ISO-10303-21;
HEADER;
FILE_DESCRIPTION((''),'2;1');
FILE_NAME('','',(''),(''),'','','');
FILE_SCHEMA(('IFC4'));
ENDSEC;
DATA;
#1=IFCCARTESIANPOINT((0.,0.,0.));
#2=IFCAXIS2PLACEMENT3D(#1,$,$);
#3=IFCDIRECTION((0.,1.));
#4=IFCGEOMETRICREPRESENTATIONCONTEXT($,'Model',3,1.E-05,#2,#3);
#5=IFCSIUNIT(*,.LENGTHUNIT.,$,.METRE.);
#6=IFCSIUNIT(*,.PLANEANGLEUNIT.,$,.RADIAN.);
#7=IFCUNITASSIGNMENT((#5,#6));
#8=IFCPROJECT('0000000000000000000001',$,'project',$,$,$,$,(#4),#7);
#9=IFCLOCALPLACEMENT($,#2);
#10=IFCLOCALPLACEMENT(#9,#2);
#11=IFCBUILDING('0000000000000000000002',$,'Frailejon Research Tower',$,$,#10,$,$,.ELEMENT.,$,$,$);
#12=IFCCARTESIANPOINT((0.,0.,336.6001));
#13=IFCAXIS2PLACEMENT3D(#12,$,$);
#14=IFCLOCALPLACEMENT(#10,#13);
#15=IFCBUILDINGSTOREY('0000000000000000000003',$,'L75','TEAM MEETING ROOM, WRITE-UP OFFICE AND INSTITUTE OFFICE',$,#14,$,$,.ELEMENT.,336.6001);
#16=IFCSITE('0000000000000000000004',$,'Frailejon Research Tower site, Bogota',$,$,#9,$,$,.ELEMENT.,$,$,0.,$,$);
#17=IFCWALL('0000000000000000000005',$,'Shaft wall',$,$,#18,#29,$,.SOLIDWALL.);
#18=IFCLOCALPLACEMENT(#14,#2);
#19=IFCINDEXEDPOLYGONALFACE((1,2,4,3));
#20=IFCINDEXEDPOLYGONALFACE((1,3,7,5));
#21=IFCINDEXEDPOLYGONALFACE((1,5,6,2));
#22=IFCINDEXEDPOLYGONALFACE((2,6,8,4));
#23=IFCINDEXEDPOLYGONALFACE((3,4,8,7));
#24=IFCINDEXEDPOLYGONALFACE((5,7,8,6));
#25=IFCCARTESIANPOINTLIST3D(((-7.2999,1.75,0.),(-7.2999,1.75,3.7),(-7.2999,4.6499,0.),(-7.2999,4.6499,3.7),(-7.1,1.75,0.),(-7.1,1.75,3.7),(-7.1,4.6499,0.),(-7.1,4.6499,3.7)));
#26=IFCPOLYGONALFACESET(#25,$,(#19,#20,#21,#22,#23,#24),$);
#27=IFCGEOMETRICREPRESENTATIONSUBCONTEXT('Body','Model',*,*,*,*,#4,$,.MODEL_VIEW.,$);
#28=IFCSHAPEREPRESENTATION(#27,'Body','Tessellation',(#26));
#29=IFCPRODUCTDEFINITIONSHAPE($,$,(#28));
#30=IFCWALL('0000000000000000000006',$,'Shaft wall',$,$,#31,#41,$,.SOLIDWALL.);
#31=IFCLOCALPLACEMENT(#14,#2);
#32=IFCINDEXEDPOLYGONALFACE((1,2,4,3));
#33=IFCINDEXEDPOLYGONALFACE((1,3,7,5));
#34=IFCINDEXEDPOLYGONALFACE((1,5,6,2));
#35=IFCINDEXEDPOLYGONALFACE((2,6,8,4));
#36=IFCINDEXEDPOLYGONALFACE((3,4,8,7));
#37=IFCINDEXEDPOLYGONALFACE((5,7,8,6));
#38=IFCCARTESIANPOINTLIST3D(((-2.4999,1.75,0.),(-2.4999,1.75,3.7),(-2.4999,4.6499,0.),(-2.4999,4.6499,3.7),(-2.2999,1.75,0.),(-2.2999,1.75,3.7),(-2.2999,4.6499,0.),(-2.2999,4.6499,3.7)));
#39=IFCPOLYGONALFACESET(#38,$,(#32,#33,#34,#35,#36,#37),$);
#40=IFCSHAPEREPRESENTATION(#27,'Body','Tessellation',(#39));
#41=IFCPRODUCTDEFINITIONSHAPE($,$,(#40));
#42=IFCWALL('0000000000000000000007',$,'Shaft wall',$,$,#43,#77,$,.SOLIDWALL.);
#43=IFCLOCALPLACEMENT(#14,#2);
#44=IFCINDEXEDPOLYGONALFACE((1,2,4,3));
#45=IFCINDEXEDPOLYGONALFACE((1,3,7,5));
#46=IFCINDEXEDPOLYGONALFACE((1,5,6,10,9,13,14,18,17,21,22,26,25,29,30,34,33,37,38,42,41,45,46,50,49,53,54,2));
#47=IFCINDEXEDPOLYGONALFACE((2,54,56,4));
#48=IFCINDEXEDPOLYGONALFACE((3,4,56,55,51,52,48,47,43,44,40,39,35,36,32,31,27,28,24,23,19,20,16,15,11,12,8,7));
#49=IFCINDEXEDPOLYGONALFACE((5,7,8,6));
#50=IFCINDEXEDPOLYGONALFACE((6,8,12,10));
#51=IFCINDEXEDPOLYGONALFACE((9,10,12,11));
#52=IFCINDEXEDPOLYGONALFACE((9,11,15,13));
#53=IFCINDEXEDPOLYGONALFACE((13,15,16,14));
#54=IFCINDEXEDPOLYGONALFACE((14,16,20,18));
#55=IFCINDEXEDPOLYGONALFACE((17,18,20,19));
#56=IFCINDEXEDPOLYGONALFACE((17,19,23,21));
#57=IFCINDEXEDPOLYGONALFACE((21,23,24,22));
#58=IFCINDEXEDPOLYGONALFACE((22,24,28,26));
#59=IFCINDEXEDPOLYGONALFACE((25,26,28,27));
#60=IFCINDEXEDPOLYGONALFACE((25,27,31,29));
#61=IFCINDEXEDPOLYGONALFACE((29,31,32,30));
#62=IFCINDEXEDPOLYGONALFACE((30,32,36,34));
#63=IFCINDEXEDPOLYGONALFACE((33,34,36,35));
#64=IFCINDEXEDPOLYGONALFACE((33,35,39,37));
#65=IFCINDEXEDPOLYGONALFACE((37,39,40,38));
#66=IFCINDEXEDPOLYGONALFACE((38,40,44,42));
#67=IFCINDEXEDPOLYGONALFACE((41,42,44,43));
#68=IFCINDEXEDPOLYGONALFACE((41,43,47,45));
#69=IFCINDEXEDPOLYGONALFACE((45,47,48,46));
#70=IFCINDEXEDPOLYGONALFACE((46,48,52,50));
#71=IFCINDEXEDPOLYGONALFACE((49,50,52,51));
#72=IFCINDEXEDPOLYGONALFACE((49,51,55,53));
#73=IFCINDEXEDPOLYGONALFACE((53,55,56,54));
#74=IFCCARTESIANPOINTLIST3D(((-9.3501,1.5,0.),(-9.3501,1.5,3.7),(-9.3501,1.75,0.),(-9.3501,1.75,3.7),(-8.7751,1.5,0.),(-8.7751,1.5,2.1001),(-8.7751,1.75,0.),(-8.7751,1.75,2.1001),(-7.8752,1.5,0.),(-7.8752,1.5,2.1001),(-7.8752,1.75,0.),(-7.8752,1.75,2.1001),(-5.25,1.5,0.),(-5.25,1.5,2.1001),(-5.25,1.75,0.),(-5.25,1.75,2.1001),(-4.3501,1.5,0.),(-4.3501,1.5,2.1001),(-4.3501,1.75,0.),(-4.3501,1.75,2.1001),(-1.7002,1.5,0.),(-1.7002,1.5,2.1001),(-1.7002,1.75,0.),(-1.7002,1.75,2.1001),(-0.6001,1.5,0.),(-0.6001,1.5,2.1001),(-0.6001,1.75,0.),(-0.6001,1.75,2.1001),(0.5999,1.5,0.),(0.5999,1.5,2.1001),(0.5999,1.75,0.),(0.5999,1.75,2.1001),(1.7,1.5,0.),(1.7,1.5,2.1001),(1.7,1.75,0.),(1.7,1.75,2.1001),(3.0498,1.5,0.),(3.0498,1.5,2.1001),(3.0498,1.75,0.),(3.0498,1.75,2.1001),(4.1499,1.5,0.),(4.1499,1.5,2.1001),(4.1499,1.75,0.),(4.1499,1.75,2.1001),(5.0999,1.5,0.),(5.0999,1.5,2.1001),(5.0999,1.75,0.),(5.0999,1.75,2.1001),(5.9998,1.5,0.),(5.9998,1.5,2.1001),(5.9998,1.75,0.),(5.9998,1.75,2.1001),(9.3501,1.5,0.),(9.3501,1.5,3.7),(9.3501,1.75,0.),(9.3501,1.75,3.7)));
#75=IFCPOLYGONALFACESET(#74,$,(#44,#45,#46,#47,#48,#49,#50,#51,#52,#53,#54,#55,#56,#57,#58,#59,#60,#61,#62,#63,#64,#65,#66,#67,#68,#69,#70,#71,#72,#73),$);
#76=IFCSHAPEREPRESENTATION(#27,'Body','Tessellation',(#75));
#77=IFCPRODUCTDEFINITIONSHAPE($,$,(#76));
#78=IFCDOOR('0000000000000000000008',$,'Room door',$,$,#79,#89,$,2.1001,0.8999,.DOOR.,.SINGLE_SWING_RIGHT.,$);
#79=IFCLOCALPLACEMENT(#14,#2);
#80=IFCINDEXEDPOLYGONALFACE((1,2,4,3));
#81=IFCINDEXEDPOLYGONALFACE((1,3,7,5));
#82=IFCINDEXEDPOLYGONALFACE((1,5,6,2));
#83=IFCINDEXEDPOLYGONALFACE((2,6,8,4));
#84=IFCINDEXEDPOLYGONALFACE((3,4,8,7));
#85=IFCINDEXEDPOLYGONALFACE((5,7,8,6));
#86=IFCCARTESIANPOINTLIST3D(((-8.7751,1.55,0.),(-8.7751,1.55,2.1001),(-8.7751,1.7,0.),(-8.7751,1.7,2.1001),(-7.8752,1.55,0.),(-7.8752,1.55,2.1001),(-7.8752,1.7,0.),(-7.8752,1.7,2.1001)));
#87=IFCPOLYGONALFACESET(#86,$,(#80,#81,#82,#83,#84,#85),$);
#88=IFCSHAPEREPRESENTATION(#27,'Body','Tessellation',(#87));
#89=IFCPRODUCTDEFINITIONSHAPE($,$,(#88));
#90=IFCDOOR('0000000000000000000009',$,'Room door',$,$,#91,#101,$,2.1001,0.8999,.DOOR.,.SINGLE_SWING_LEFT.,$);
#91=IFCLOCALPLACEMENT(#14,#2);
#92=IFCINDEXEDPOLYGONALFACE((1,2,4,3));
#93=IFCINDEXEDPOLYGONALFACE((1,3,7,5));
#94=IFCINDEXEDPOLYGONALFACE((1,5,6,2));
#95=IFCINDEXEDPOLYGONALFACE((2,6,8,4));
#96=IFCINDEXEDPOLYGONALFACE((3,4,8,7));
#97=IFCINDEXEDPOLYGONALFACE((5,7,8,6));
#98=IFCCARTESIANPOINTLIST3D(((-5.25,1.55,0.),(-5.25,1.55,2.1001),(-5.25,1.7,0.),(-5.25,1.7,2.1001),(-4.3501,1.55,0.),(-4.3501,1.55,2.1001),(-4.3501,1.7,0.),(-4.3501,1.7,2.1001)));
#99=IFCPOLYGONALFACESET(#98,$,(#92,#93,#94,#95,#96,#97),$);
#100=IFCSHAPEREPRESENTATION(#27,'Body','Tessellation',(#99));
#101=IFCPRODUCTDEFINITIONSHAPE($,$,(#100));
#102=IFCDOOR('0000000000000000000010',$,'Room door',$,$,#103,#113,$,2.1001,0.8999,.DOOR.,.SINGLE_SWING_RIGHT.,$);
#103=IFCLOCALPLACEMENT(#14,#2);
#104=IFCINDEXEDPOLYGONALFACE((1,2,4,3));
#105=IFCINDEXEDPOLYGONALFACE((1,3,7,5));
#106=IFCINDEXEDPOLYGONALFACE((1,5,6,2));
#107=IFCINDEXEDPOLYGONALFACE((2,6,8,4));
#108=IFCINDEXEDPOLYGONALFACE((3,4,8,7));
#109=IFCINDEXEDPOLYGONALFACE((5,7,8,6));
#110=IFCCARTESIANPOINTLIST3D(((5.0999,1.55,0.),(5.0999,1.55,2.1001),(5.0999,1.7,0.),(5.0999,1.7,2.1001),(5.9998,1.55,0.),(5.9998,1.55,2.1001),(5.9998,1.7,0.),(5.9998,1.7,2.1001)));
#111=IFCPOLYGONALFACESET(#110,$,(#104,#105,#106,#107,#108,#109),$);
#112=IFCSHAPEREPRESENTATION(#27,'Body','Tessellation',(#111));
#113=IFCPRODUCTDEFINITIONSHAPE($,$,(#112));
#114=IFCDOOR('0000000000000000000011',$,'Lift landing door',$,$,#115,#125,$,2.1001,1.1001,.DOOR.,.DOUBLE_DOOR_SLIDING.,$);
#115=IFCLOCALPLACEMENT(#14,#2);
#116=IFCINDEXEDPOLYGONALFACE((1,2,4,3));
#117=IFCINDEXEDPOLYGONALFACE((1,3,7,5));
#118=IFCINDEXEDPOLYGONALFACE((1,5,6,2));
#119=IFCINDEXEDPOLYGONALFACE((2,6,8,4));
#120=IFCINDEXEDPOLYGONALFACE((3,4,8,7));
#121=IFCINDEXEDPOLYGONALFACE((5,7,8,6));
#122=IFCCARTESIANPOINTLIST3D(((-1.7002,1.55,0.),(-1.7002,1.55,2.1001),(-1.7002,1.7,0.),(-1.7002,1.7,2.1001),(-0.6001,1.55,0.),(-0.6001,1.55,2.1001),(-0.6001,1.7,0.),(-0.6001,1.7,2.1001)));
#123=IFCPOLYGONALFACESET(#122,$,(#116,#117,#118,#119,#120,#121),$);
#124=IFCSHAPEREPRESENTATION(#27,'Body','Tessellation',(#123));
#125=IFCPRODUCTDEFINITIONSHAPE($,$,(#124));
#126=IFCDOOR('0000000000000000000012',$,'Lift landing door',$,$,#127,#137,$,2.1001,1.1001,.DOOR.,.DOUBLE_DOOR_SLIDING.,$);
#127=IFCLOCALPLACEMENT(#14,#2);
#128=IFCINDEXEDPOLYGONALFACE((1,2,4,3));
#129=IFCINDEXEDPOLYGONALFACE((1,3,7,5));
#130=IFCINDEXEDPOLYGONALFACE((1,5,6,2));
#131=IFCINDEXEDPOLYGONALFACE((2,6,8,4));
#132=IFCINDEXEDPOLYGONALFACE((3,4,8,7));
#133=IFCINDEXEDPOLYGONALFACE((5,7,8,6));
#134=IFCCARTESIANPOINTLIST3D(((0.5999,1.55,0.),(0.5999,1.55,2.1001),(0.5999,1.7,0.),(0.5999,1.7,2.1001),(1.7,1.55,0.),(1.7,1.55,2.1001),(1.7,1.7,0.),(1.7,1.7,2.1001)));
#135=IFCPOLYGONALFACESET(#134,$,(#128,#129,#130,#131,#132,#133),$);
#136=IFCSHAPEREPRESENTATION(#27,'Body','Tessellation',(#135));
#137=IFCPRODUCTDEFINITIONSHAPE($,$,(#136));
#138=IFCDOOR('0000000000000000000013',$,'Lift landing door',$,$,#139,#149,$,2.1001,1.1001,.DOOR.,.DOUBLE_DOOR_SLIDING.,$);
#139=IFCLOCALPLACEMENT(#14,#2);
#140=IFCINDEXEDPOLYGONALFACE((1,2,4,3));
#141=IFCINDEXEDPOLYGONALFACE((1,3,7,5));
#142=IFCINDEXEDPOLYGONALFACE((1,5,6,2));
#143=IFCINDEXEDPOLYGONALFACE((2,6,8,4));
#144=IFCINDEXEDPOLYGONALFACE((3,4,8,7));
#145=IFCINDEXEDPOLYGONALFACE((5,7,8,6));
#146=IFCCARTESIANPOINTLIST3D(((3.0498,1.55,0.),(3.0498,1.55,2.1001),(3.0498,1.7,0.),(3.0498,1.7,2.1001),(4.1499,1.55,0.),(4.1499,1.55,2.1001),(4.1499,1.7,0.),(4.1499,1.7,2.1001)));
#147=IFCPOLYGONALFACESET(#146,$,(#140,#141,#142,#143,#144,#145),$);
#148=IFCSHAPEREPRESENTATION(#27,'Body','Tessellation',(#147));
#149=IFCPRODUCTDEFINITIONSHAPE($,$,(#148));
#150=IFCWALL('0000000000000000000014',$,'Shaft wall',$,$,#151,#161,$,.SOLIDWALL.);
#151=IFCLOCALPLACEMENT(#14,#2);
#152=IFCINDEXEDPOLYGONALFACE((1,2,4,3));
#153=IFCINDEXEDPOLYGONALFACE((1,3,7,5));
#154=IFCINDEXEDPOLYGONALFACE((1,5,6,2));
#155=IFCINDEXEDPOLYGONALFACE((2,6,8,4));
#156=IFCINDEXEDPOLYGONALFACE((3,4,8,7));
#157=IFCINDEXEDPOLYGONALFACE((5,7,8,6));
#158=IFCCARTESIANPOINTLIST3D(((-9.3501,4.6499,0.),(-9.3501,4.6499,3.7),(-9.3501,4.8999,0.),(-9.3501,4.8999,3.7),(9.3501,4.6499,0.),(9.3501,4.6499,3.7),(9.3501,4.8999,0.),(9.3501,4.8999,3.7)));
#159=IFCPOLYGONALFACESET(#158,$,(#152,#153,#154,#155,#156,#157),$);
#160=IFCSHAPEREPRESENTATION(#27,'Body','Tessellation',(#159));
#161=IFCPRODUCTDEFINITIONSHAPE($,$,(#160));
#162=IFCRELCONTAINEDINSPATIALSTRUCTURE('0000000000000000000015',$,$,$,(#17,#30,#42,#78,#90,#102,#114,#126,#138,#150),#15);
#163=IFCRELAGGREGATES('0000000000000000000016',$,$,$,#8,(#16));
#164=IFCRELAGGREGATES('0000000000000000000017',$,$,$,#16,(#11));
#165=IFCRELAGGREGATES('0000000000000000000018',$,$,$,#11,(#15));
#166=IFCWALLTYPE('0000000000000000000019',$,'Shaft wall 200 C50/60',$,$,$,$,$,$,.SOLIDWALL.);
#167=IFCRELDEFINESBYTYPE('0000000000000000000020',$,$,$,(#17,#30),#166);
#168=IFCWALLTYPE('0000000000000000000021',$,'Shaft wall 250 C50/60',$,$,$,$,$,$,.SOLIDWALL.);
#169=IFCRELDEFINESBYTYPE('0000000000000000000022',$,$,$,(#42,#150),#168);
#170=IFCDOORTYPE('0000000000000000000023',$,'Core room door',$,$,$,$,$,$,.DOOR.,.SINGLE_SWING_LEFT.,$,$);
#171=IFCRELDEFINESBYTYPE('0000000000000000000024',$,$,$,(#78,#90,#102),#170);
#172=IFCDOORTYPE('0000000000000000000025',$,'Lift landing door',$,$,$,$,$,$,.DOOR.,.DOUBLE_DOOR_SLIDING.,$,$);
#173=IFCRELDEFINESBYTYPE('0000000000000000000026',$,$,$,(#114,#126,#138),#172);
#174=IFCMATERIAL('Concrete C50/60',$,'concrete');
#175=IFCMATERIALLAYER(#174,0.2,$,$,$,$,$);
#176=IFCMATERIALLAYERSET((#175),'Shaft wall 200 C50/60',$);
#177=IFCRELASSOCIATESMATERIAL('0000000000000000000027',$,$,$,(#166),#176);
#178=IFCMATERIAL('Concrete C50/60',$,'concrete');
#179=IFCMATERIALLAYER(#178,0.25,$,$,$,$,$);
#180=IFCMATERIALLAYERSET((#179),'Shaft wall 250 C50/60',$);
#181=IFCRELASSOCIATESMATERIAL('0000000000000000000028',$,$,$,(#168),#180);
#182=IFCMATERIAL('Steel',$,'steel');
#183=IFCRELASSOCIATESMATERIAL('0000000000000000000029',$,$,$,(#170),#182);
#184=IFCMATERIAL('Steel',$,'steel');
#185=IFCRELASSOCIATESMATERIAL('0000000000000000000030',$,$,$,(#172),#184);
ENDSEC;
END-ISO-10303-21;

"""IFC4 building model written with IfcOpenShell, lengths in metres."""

from ifc_helpers import new_model, si_unit, direction, frame, frame_2d, origin, place, context, subcontext, project, spatial, rectangle, extrude, material, layer, layer_set, type_object, element, fill, save


model = new_model("IFC4")

# Units and contexts
model_context = context("Model", 3, precision=1e-05, world=origin(), true_north=direction((0.0, 1.0)))
body_context = subcontext(model_context, "Body", "Model", "MODEL_VIEW")
ifc_project = project(units=[si_unit("LENGTHUNIT", "METRE"), si_unit("PLANEANGLEUNIT", "RADIAN")], contexts=[model_context])

# Site, building, storey
site_placement = place(None, origin())
site = spatial("IfcSite", under=ifc_project, at=site_placement, Name="Frailejon Research Tower site, Bogota", CompositionType="ELEMENT", RefElevation=0.0)
building_placement = place(site_placement, origin())
building = spatial("IfcBuilding", under=site, at=building_placement, Name="Frailejon Research Tower", CompositionType="ELEMENT")
storey_placement = place(building_placement, frame((0.0, 0.0, 336.6001)))
storey = spatial("IfcBuildingStorey", under=building, at=storey_placement, Name="L75", Description="TEAM MEETING ROOM, WRITE-UP OFFICE AND INSTITUTE OFFICE", CompositionType="ELEMENT", Elevation=336.6001)

# Walls
ifc_material_1 = material(Name="Concrete C50/60", Category="concrete")
ifc_layer_1 = layer(ifc_material_1, 0.2)
ifc_layer_set_1 = layer_set([ifc_layer_1], Name="Shaft wall 200 C50/60")
wall_type_1 = type_object("IfcWallType", Name="Shaft wall 200 C50/60", PredefinedType="SOLIDWALL", material=ifc_layer_set_1)
for number, where, z_axis, x_axis, name in (
    (1, (-7.2, 1.75, 0.0), (0.0, 0.0, 1.0), (0.0, 1.0, 0.0), "Shaft wall"),
    (2, (-2.3999, 1.75, 0.0), (0.0, 0.0, 1.0), (0.0, 1.0, 0.0), "Shaft wall"),
):
    element("IfcWall", number, at=place(storey_placement, frame(where, z_axis=z_axis, x_axis=x_axis)), inside=storey, type_object=wall_type_1, Name=name, PredefinedType="SOLIDWALL", context=body_context, shape_type="SweptSolid", body=[
        extrude(rectangle(XDim=2.8999, YDim=0.2, at=frame_2d((1.45, 0.0))), origin(), (0.0, 0.0, 1.0), 3.7),
    ])

# Wall, openings, doors
ifc_material_2 = material(Name="Concrete C50/60", Category="concrete")
ifc_layer_2 = layer(ifc_material_2, 0.25)
ifc_layer_set_2 = layer_set([ifc_layer_2], Name="Shaft wall 250 C50/60")
wall_type_2 = type_object("IfcWallType", Name="Shaft wall 250 C50/60", PredefinedType="SOLIDWALL", material=ifc_layer_set_2)
wall_1_placement = place(storey_placement, frame((-9.3501, 1.625, 0.0), z_axis=(0.0, 0.0, 1.0), x_axis=(1.0, 0.0, 0.0)))
wall_1 = element("IfcWall", 3, at=wall_1_placement, inside=storey, type_object=wall_type_2, Name="Shaft wall", PredefinedType="SOLIDWALL", context=body_context, shape_type="SweptSolid", body=[
    extrude(rectangle(XDim=18.7002, YDim=0.25, at=frame_2d((9.3501, 0.0))), origin(), (0.0, 0.0, 1.0), 3.7),
])
opening_1_placement = place(wall_1_placement, frame((7.6499, 0.0, 0.0)))
opening_1 = element("IfcOpeningElement", 4, at=opening_1_placement, cuts=wall_1, PredefinedType="OPENING", context=body_context, shape_type="SweptSolid", body=[
    extrude(rectangle(XDim=1.1001, YDim=2.1001, at=frame_2d((0.55, 1.05))), frame((0.0, 0.135, 0.0), z_axis=(0.0, -1.0, 0.0), x_axis=(1.0, 0.0, 0.0)), (0.0, 0.0, 1.0), 0.27),
])
opening_2_placement = place(wall_1_placement, frame((9.95, 0.0, 0.0)))
opening_2 = element("IfcOpeningElement", 5, at=opening_2_placement, cuts=wall_1, PredefinedType="OPENING", context=body_context, shape_type="SweptSolid", body=[
    extrude(rectangle(XDim=1.1001, YDim=2.1001, at=frame_2d((0.55, 1.05))), frame((0.0, 0.135, 0.0), z_axis=(0.0, -1.0, 0.0), x_axis=(1.0, 0.0, 0.0)), (0.0, 0.0, 1.0), 0.27),
])
opening_3_placement = place(wall_1_placement, frame((12.3999, 0.0, 0.0)))
opening_3 = element("IfcOpeningElement", 6, at=opening_3_placement, cuts=wall_1, PredefinedType="OPENING", context=body_context, shape_type="SweptSolid", body=[
    extrude(rectangle(XDim=1.1001, YDim=2.1001, at=frame_2d((0.55, 1.05))), frame((0.0, 0.135, 0.0), z_axis=(0.0, -1.0, 0.0), x_axis=(1.0, 0.0, 0.0)), (0.0, 0.0, 1.0), 0.27),
])
opening_4_placement = place(wall_1_placement, frame((0.575, 0.0, 0.0)))
opening_4 = element("IfcOpeningElement", 7, at=opening_4_placement, cuts=wall_1, PredefinedType="OPENING", context=body_context, shape_type="SweptSolid", body=[
    extrude(rectangle(XDim=0.8999, YDim=2.1001, at=frame_2d((0.45, 1.05))), frame((0.0, 0.135, 0.0), z_axis=(0.0, -1.0, 0.0), x_axis=(1.0, 0.0, 0.0)), (0.0, 0.0, 1.0), 0.27),
])
opening_5_placement = place(wall_1_placement, frame((4.1001, 0.0, 0.0)))
opening_5 = element("IfcOpeningElement", 8, at=opening_5_placement, cuts=wall_1, PredefinedType="OPENING", context=body_context, shape_type="SweptSolid", body=[
    extrude(rectangle(XDim=0.8999, YDim=2.1001, at=frame_2d((0.45, 1.05))), frame((0.0, 0.135, 0.0), z_axis=(0.0, -1.0, 0.0), x_axis=(1.0, 0.0, 0.0)), (0.0, 0.0, 1.0), 0.27),
])
opening_6_placement = place(wall_1_placement, frame((14.45, 0.0, 0.0)))
opening_6 = element("IfcOpeningElement", 9, at=opening_6_placement, cuts=wall_1, PredefinedType="OPENING", context=body_context, shape_type="SweptSolid", body=[
    extrude(rectangle(XDim=0.8999, YDim=2.1001, at=frame_2d((0.45, 1.05))), frame((0.0, 0.135, 0.0), z_axis=(0.0, -1.0, 0.0), x_axis=(1.0, 0.0, 0.0)), (0.0, 0.0, 1.0), 0.27),
])
ifc_material_3 = material(Name="Steel", Category="steel")
door_type_1 = type_object("IfcDoorType", Name="Core room door", OperationType="SINGLE_SWING_LEFT", PredefinedType="DOOR", material=ifc_material_3)
door_1_placement = place(opening_4_placement, origin())
door_1 = element("IfcDoor", 10, at=door_1_placement, inside=storey, type_object=door_type_1, Name="Room door", OperationType="SINGLE_SWING_RIGHT", OverallHeight=2.1001, OverallWidth=0.8999, PredefinedType="DOOR", context=body_context, shape_type="SweptSolid", body=[
    extrude(rectangle(XDim=0.8999, YDim=2.1001, at=frame_2d((0.45, 1.05))), frame((0.0, 0.075, 0.0), z_axis=(0.0, -1.0, 0.0), x_axis=(1.0, 0.0, 0.0)), (0.0, 0.0, 1.0), 0.1499),
])
fill(opening_4, door_1)
door_2_placement = place(opening_5_placement, origin())
door_2 = element("IfcDoor", 11, at=door_2_placement, inside=storey, type_object=door_type_1, Name="Room door", OperationType="SINGLE_SWING_LEFT", OverallHeight=2.1001, OverallWidth=0.8999, PredefinedType="DOOR", context=body_context, shape_type="SweptSolid", body=[
    extrude(rectangle(XDim=0.8999, YDim=2.1001, at=frame_2d((0.45, 1.05))), frame((0.0, 0.075, 0.0), z_axis=(0.0, -1.0, 0.0), x_axis=(1.0, 0.0, 0.0)), (0.0, 0.0, 1.0), 0.1499),
])
fill(opening_5, door_2)
door_3_placement = place(opening_6_placement, origin())
door_3 = element("IfcDoor", 12, at=door_3_placement, inside=storey, type_object=door_type_1, Name="Room door", OperationType="SINGLE_SWING_RIGHT", OverallHeight=2.1001, OverallWidth=0.8999, PredefinedType="DOOR", context=body_context, shape_type="SweptSolid", body=[
    extrude(rectangle(XDim=0.8999, YDim=2.1001, at=frame_2d((0.45, 1.05))), frame((0.0, 0.075, 0.0), z_axis=(0.0, -1.0, 0.0), x_axis=(1.0, 0.0, 0.0)), (0.0, 0.0, 1.0), 0.1499),
])
fill(opening_6, door_3)
ifc_material_4 = material(Name="Steel", Category="steel")
door_type_2 = type_object("IfcDoorType", Name="Lift landing door", OperationType="DOUBLE_DOOR_SLIDING", PredefinedType="DOOR", material=ifc_material_4)
door_4_placement = place(opening_1_placement, origin())
door_4 = element("IfcDoor", 13, at=door_4_placement, inside=storey, type_object=door_type_2, Name="Lift landing door", OperationType="DOUBLE_DOOR_SLIDING", OverallHeight=2.1001, OverallWidth=1.1001, PredefinedType="DOOR", context=body_context, shape_type="SweptSolid", body=[
    extrude(rectangle(XDim=1.1001, YDim=2.1001, at=frame_2d((0.55, 1.05))), frame((0.0, 0.075, 0.0), z_axis=(0.0, -1.0, 0.0), x_axis=(1.0, 0.0, 0.0)), (0.0, 0.0, 1.0), 0.1499),
])
fill(opening_1, door_4)
door_5_placement = place(opening_2_placement, origin())
door_5 = element("IfcDoor", 14, at=door_5_placement, inside=storey, type_object=door_type_2, Name="Lift landing door", OperationType="DOUBLE_DOOR_SLIDING", OverallHeight=2.1001, OverallWidth=1.1001, PredefinedType="DOOR", context=body_context, shape_type="SweptSolid", body=[
    extrude(rectangle(XDim=1.1001, YDim=2.1001, at=frame_2d((0.55, 1.05))), frame((0.0, 0.075, 0.0), z_axis=(0.0, -1.0, 0.0), x_axis=(1.0, 0.0, 0.0)), (0.0, 0.0, 1.0), 0.1499),
])
fill(opening_2, door_5)
door_6_placement = place(opening_3_placement, origin())
door_6 = element("IfcDoor", 15, at=door_6_placement, inside=storey, type_object=door_type_2, Name="Lift landing door", OperationType="DOUBLE_DOOR_SLIDING", OverallHeight=2.1001, OverallWidth=1.1001, PredefinedType="DOOR", context=body_context, shape_type="SweptSolid", body=[
    extrude(rectangle(XDim=1.1001, YDim=2.1001, at=frame_2d((0.55, 1.05))), frame((0.0, 0.075, 0.0), z_axis=(0.0, -1.0, 0.0), x_axis=(1.0, 0.0, 0.0)), (0.0, 0.0, 1.0), 0.1499),
])
fill(opening_3, door_6)

# Wall
wall_2_placement = place(storey_placement, frame((-9.3501, 4.7749, 0.0), z_axis=(0.0, 0.0, 1.0), x_axis=(1.0, 0.0, 0.0)))
element("IfcWall", 16, at=wall_2_placement, inside=storey, type_object=wall_type_2, Name="Shaft wall", PredefinedType="SOLIDWALL", context=body_context, shape_type="SweptSolid", body=[
    extrude(rectangle(XDim=18.7002, YDim=0.25, at=frame_2d((9.3501, 0.0))), origin(), (0.0, 0.0, 1.0), 3.7),
])

save(model, "model.ifc")
